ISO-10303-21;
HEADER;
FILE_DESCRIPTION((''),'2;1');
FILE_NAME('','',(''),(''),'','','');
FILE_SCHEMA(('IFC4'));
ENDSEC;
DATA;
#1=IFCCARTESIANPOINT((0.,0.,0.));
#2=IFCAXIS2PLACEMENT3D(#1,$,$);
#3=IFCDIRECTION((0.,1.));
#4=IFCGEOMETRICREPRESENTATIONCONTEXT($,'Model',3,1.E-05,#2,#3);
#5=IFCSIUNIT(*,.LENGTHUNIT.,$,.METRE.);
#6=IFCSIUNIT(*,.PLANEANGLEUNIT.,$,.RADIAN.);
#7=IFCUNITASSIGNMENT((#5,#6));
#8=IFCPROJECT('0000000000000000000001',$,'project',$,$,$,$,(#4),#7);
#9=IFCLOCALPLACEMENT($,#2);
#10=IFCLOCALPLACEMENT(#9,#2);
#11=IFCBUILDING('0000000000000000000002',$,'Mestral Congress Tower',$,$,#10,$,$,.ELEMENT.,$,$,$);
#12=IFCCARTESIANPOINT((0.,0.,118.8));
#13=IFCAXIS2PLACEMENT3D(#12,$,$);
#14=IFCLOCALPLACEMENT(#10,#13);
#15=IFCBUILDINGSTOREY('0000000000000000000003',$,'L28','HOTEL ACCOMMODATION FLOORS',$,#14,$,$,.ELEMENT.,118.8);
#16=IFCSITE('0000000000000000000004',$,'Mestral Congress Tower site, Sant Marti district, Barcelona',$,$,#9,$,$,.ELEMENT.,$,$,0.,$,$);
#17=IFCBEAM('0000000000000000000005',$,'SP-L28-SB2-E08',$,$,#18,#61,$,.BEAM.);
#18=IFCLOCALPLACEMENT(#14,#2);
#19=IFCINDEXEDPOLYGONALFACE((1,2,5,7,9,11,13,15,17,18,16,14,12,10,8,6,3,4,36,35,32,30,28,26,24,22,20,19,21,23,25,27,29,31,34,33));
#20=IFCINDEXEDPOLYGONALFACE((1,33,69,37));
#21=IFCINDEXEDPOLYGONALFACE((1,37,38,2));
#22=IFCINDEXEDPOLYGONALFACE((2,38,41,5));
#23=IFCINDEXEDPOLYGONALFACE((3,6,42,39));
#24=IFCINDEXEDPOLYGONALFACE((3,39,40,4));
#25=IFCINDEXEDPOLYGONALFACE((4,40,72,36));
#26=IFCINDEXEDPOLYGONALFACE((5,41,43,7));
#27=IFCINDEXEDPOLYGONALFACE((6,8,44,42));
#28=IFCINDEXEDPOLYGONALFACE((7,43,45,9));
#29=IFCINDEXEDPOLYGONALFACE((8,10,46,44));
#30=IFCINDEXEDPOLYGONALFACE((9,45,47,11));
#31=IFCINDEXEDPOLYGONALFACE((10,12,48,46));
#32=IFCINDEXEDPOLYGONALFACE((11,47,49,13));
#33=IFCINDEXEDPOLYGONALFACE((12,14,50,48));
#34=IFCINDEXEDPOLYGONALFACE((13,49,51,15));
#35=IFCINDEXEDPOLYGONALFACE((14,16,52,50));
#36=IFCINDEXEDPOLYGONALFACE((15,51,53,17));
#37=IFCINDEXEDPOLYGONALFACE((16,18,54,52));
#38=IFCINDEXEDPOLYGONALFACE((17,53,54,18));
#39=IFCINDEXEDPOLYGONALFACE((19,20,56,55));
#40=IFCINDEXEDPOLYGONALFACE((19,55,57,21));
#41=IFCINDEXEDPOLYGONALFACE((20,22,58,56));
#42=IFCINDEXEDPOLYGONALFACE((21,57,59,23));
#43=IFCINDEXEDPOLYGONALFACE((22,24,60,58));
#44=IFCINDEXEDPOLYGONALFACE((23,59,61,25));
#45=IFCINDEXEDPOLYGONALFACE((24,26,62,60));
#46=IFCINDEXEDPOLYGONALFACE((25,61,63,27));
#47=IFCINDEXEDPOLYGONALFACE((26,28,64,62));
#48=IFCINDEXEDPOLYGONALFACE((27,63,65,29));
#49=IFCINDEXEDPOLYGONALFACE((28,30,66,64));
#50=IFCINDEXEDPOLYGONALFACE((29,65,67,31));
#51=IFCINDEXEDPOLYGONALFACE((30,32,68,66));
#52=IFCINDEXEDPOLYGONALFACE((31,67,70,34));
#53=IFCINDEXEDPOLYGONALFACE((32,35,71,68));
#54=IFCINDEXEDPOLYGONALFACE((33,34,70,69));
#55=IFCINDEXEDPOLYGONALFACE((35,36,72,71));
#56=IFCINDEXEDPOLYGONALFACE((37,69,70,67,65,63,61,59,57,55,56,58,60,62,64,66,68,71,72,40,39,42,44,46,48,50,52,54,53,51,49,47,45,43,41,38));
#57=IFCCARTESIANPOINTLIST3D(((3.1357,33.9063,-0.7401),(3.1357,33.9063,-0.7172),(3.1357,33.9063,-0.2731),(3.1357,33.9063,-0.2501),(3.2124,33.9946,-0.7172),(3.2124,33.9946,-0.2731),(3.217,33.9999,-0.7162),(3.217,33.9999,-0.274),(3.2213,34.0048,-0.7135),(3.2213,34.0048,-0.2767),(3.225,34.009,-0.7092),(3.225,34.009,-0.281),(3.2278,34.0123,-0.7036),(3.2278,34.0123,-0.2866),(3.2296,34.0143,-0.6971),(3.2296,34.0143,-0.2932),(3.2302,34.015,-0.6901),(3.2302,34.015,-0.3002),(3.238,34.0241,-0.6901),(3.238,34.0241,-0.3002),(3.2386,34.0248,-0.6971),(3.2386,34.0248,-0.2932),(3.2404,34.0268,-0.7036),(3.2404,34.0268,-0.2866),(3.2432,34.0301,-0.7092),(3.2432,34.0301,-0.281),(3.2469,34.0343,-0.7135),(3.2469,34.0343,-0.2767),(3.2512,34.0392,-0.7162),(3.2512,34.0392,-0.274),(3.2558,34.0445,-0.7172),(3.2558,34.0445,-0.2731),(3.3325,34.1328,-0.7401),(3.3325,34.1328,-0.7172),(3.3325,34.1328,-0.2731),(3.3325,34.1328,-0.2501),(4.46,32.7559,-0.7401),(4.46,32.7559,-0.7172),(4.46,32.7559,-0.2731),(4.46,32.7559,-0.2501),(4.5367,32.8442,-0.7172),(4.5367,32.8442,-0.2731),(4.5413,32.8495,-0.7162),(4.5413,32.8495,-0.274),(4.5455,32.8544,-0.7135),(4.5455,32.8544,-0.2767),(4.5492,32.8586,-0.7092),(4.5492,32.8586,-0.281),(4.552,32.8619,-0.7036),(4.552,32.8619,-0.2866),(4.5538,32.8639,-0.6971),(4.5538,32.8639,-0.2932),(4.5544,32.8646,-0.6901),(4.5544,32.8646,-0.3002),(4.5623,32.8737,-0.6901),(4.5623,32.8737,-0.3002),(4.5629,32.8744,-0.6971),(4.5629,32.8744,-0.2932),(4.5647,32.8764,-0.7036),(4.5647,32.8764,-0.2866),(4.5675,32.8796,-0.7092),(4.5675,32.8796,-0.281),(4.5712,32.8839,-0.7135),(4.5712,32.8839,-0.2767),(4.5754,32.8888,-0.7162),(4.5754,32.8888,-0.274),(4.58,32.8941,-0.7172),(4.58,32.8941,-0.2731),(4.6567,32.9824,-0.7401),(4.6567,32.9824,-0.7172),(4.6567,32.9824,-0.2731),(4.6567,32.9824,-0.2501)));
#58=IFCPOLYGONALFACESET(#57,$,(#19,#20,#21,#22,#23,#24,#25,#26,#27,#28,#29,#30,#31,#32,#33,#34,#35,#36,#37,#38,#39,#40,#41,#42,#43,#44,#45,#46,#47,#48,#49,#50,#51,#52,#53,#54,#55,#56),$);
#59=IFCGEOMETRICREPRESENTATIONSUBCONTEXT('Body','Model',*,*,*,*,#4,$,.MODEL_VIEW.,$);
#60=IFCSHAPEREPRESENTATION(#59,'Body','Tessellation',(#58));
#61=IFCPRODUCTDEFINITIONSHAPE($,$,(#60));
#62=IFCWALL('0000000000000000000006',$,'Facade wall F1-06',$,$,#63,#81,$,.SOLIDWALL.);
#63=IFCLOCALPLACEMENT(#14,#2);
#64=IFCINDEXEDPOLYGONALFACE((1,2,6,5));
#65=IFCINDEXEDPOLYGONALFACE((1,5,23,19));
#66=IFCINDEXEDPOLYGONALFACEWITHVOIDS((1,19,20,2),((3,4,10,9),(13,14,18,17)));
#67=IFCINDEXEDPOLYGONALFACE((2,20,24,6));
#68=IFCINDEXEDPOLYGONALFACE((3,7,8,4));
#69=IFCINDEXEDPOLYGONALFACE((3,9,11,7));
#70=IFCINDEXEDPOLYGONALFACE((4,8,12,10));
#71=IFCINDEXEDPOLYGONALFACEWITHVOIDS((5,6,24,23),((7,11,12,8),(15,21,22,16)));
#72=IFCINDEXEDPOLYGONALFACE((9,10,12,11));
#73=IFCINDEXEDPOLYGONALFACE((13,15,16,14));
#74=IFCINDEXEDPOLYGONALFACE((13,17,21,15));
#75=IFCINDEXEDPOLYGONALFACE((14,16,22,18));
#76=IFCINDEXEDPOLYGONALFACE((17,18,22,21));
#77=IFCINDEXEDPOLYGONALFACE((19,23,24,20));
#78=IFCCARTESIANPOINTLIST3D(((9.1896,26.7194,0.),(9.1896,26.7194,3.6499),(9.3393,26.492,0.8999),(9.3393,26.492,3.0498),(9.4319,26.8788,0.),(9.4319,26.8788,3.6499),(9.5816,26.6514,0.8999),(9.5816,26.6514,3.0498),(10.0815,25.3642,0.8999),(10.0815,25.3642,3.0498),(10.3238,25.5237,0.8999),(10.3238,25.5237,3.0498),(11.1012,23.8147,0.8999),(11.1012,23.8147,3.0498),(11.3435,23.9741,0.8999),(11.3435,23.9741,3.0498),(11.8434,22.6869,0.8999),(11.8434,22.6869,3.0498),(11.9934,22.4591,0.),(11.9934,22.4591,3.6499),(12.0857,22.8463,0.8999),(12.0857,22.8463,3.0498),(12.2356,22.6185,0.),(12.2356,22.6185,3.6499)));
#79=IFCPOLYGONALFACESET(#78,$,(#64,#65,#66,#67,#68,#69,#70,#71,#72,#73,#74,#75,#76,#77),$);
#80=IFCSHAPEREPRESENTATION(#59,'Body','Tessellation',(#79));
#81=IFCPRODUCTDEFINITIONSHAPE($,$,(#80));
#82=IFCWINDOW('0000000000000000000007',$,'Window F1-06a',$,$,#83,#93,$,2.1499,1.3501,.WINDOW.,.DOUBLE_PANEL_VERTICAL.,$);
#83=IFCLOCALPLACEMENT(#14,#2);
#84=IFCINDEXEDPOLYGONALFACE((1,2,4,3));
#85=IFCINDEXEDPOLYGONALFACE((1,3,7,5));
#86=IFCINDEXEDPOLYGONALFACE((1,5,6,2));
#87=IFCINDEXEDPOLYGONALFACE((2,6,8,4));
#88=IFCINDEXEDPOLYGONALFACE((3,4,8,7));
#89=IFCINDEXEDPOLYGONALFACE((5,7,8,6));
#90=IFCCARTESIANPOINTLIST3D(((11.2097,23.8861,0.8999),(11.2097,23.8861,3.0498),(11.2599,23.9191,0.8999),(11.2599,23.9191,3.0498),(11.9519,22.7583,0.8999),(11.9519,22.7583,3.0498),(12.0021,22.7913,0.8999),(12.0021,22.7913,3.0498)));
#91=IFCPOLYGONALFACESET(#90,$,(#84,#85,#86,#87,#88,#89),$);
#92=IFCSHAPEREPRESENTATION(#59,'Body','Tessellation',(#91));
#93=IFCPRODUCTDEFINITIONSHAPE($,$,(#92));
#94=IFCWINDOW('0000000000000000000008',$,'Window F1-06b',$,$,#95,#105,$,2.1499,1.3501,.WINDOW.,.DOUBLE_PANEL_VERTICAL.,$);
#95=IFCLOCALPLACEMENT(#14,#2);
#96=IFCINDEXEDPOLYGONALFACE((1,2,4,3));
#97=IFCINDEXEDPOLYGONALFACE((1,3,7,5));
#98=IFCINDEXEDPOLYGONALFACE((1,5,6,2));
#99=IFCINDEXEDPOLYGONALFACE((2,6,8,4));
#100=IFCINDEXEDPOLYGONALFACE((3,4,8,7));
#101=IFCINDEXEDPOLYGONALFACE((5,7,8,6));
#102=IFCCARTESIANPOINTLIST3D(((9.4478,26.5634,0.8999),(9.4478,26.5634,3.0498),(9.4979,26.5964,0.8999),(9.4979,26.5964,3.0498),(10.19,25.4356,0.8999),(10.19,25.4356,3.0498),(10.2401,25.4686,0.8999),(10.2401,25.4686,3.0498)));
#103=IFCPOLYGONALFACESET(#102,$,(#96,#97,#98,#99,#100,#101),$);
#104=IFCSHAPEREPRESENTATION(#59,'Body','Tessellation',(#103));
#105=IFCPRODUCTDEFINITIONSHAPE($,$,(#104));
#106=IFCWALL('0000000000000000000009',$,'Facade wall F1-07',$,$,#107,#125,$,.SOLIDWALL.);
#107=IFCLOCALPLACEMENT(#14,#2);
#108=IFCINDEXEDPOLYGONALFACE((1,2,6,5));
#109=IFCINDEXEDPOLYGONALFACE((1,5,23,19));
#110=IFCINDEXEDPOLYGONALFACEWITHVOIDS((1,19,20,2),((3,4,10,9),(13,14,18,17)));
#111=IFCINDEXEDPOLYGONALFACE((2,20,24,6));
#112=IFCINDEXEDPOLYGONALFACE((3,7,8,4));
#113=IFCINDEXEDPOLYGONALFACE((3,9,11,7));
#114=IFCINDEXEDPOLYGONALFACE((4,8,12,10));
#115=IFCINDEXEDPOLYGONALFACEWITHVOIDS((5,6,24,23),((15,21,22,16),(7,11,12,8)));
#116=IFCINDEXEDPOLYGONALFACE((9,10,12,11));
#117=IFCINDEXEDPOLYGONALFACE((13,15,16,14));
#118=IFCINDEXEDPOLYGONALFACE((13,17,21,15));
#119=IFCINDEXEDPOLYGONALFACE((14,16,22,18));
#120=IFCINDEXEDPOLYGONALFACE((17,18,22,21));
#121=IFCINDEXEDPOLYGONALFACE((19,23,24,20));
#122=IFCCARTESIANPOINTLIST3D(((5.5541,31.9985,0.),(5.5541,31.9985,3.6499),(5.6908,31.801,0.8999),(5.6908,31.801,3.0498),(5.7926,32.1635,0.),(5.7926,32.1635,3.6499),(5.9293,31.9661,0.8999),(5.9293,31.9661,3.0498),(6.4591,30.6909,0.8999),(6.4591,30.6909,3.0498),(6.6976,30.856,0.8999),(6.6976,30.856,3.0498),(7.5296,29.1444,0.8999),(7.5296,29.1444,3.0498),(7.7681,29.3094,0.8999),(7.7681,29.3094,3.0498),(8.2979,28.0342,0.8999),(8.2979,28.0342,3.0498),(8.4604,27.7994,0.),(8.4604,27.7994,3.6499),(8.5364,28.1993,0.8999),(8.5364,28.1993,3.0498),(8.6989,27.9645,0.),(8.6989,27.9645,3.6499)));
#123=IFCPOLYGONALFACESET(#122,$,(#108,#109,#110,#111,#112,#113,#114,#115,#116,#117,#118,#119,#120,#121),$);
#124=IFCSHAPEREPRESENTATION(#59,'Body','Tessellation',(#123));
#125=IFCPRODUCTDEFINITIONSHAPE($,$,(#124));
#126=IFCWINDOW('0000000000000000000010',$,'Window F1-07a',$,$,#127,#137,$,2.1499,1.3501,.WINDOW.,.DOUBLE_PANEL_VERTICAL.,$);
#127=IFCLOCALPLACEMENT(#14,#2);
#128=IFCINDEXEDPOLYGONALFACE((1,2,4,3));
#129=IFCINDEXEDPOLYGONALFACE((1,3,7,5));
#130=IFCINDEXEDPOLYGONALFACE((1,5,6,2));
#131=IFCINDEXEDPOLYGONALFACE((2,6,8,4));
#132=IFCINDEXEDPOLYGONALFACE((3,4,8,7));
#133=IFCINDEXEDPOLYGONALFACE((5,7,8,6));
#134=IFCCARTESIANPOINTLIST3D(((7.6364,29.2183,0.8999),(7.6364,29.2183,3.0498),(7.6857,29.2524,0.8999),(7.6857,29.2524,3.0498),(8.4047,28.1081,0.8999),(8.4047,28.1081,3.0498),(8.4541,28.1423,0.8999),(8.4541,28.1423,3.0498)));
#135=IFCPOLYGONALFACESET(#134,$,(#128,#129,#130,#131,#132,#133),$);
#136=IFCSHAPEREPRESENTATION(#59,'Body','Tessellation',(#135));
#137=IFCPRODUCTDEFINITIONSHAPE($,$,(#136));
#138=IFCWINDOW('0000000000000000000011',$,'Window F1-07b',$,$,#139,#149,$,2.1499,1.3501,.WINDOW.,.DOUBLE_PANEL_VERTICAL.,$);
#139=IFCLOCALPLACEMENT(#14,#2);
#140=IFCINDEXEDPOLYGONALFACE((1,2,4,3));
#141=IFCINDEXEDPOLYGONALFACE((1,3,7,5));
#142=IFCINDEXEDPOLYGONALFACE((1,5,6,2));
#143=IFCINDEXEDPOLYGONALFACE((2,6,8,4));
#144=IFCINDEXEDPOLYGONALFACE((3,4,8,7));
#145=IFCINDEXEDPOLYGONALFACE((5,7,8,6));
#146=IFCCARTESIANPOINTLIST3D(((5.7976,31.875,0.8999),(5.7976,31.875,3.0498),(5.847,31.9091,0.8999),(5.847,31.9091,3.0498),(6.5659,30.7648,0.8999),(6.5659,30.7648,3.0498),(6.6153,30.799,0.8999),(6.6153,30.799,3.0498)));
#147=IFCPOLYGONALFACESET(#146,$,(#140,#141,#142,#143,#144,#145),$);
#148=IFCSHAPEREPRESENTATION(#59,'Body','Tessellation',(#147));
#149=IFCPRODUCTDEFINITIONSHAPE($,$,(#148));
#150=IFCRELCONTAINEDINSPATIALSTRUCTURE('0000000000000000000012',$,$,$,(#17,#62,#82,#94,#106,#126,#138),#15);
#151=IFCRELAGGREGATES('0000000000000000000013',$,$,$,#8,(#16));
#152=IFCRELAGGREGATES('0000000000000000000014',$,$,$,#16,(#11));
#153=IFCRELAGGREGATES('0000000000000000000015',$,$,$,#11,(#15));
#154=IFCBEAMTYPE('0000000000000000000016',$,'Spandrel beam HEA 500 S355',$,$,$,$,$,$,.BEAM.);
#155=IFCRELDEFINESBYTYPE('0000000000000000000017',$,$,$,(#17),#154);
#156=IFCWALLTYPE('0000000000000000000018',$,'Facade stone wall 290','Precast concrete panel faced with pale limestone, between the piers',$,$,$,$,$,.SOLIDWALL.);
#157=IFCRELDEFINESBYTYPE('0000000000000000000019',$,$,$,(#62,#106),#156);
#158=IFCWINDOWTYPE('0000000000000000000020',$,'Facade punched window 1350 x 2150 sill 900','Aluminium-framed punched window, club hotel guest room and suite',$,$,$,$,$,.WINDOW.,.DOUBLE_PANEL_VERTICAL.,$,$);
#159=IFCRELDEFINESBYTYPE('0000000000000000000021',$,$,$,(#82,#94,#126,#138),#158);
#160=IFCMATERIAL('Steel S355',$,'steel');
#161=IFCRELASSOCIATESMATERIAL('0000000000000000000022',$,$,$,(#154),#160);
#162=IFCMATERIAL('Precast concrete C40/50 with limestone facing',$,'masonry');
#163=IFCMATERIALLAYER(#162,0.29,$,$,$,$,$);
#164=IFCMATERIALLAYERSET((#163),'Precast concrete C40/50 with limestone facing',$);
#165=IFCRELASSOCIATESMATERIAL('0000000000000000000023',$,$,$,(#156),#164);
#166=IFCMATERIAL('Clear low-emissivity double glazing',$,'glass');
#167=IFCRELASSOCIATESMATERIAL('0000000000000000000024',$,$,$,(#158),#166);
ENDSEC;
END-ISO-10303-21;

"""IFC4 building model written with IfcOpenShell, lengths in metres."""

from ifc_helpers import new_model, si_unit, direction, frame, frame_2d, origin, origin_2d, place, context, subcontext, project, spatial, rectangle, i_section, extrude, material, layer, layer_set, material_profile, profile_set, type_object, element, fill, save


model = new_model("IFC4")

# Units and contexts
model_context = context("Model", 3, precision=1e-05, world=origin(), true_north=direction((0.0, 1.0)))
body_context = subcontext(model_context, "Body", "Model", "MODEL_VIEW")
ifc_project = project(units=[si_unit("LENGTHUNIT", "METRE"), si_unit("PLANEANGLEUNIT", "RADIAN")], contexts=[model_context])

# Site, building, storey
site_placement = place(None, origin())
site = spatial("IfcSite", under=ifc_project, at=site_placement, Name="Mestral Congress Tower site, Sant Marti district, Barcelona", CompositionType="ELEMENT", RefElevation=0.0)
building_placement = place(site_placement, origin())
building = spatial("IfcBuilding", under=site, at=building_placement, Name="Mestral Congress Tower", CompositionType="ELEMENT")
storey_placement = place(building_placement, frame((0.0, 0.0, 118.8)))
storey = spatial("IfcBuildingStorey", under=building, at=storey_placement, Name="L28", Description="HOTEL ACCOMMODATION FLOORS", CompositionType="ELEMENT", Elevation=118.8)

# Beam
ifc_material_1 = material(Name="Steel S355", Category="steel")
ifc_material_profile_1 = material_profile(ifc_material_1, i_section(OverallWidth=0.3, OverallDepth=0.49, WebThickness=0.012, FlangeThickness=0.0229, FilletRadius=0.0271, at=origin_2d()), Name="HEA 500")
ifc_profile_set_1 = profile_set([ifc_material_profile_1], Name="Steel S355")
beam_type_1 = type_object("IfcBeamType", Name="Spandrel beam HEA 500 S355", PredefinedType="BEAM", material=ifc_profile_set_1)
beam_1_placement = place(storey_placement, frame((4.5583, 32.8691, -0.4951), z_axis=(-0.754917, 0.65582, 0.0), x_axis=(-0.65582, -0.754917, 0.0)))
element("IfcBeam", 1, at=beam_1_placement, inside=storey, type_object=beam_type_1, Name="SP-L28-SB2-E08", PredefinedType="BEAM", context=body_context, shape_type="SweptSolid", body=[
    extrude(i_section(OverallWidth=0.3, OverallDepth=0.49, WebThickness=0.012, FlangeThickness=0.0229, FilletRadius=0.0271, at=origin_2d()), origin(), (0.0, 0.0, 1.0), 1.7542),
])

# Walls, openings, windows
ifc_material_2 = material(Name="Precast concrete C40/50 with limestone facing", Category="masonry")
ifc_layer_1 = layer(ifc_material_2, 0.29)
ifc_layer_set_1 = layer_set([ifc_layer_1], Name="Precast concrete C40/50 with limestone facing")
wall_type_1 = type_object("IfcWallType", Name="Facade stone wall 290", Description="Precast concrete panel faced with pale limestone, between the piers", PredefinedType="SOLIDWALL", material=ifc_layer_set_1)
wall_1_placement = place(storey_placement, frame((12.1145, 22.5388, 0.0), z_axis=(0.0, 0.0, 1.0), x_axis=(-0.549741, 0.835335, 0.0)))
wall_1 = element("IfcWall", 2, at=wall_1_placement, inside=storey, type_object=wall_type_1, Name="Facade wall F1-06", PredefinedType="SOLIDWALL", context=body_context, shape_type="SweptSolid", body=[
    extrude(rectangle(XDim=5.1001, YDim=0.29, at=frame_2d((2.55, 0.0))), origin(), (0.0, 0.0, 1.0), 3.6499),
])
opening_1_placement = place(wall_1_placement, frame((0.2727, 0.0, 0.8999)))
opening_1 = element("IfcOpeningElement", 3, at=opening_1_placement, cuts=wall_1, PredefinedType="OPENING", context=body_context, shape_type="SweptSolid", body=[
    extrude(rectangle(XDim=1.3501, YDim=2.1499, at=frame_2d((0.675, 1.075))), frame((0.0, 0.155, 0.0), z_axis=(0.0, -1.0, 0.0), x_axis=(1.0, 0.0, 0.0)), (0.0, 0.0, 1.0), 0.3101),
])
opening_2_placement = place(wall_1_placement, frame((3.4778, 0.0, 0.8999)))
opening_2 = element("IfcOpeningElement", 4, at=opening_2_placement, cuts=wall_1, PredefinedType="OPENING", context=body_context, shape_type="SweptSolid", body=[
    extrude(rectangle(XDim=1.3501, YDim=2.1499, at=frame_2d((0.675, 1.075))), frame((0.0, 0.155, 0.0), z_axis=(0.0, -1.0, 0.0), x_axis=(1.0, 0.0, 0.0)), (0.0, 0.0, 1.0), 0.3101),
])
ifc_material_3 = material(Name="Clear low-emissivity double glazing", Category="glass")
window_type_1 = type_object("IfcWindowType", Name="Facade punched window 1350 x 2150 sill 900", Description="Aluminium-framed punched window, club hotel guest room and suite", PartitioningType="DOUBLE_PANEL_VERTICAL", PredefinedType="WINDOW", material=ifc_material_3)
window_1_placement = place(opening_1_placement, origin())
window_1 = element("IfcWindow", 5, at=window_1_placement, inside=storey, type_object=window_type_1, Name="Window F1-06a", OverallHeight=2.1499, OverallWidth=1.3501, PartitioningType="DOUBLE_PANEL_VERTICAL", PredefinedType="WINDOW", context=body_context, shape_type="SweptSolid", body=[
    extrude(rectangle(XDim=1.3501, YDim=2.1499, at=frame_2d((0.675, 1.075))), frame((0.0, 0.0151, 0.0), z_axis=(0.0, -1.0, 0.0), x_axis=(1.0, 0.0, 0.0)), (0.0, 0.0, 1.0), 0.0601),
])
fill(opening_1, window_1)
window_2_placement = place(opening_2_placement, origin())
window_2 = element("IfcWindow", 6, at=window_2_placement, inside=storey, type_object=window_type_1, Name="Window F1-06b", OverallHeight=2.1499, OverallWidth=1.3501, PartitioningType="DOUBLE_PANEL_VERTICAL", PredefinedType="WINDOW", context=body_context, shape_type="SweptSolid", body=[
    extrude(rectangle(XDim=1.3501, YDim=2.1499, at=frame_2d((0.675, 1.075))), frame((0.0, 0.0151, 0.0), z_axis=(0.0, -1.0, 0.0), x_axis=(1.0, 0.0, 0.0)), (0.0, 0.0, 1.0), 0.0601),
])
fill(opening_2, window_2)
wall_2_placement = place(storey_placement, frame((8.5796, 27.8821, 0.0), z_axis=(0.0, 0.0, 1.0), x_axis=(-0.569113, 0.822259, 0.0)))
wall_2 = element("IfcWall", 7, at=wall_2_placement, inside=storey, type_object=wall_type_1, Name="Facade wall F1-07", PredefinedType="SOLIDWALL", context=body_context, shape_type="SweptSolid", body=[
    extrude(rectangle(XDim=5.1067, YDim=0.29, at=frame_2d((2.5532, 0.0))), origin(), (0.0, 0.0, 1.0), 3.6499),
])
opening_3_placement = place(wall_2_placement, frame((0.2854, 0.0, 0.8999)))
opening_3 = element("IfcOpeningElement", 8, at=opening_3_placement, cuts=wall_2, PredefinedType="OPENING", context=body_context, shape_type="SweptSolid", body=[
    extrude(rectangle(XDim=1.3501, YDim=2.1499, at=frame_2d((0.675, 1.075))), frame((0.0, 0.155, 0.0), z_axis=(0.0, -1.0, 0.0), x_axis=(1.0, 0.0, 0.0)), (0.0, 0.0, 1.0), 0.3101),
])
opening_4_placement = place(wall_2_placement, frame((3.5164, 0.0, 0.8999)))
opening_4 = element("IfcOpeningElement", 9, at=opening_4_placement, cuts=wall_2, PredefinedType="OPENING", context=body_context, shape_type="SweptSolid", body=[
    extrude(rectangle(XDim=1.3501, YDim=2.1499, at=frame_2d((0.675, 1.075))), frame((0.0, 0.155, 0.0), z_axis=(0.0, -1.0, 0.0), x_axis=(1.0, 0.0, 0.0)), (0.0, 0.0, 1.0), 0.3101),
])
window_3_placement = place(opening_3_placement, origin())
window_3 = element("IfcWindow", 10, at=window_3_placement, inside=storey, type_object=window_type_1, Name="Window F1-07a", OverallHeight=2.1499, OverallWidth=1.3501, PartitioningType="DOUBLE_PANEL_VERTICAL", PredefinedType="WINDOW", context=body_context, shape_type="SweptSolid", body=[
    extrude(rectangle(XDim=1.3501, YDim=2.1499, at=frame_2d((0.675, 1.075))), frame((0.0, 0.0151, 0.0), z_axis=(0.0, -1.0, 0.0), x_axis=(1.0, 0.0, 0.0)), (0.0, 0.0, 1.0), 0.0601),
])
fill(opening_3, window_3)
window_4_placement = place(opening_4_placement, origin())
window_4 = element("IfcWindow", 11, at=window_4_placement, inside=storey, type_object=window_type_1, Name="Window F1-07b", OverallHeight=2.1499, OverallWidth=1.3501, PartitioningType="DOUBLE_PANEL_VERTICAL", PredefinedType="WINDOW", context=body_context, shape_type="SweptSolid", body=[
    extrude(rectangle(XDim=1.3501, YDim=2.1499, at=frame_2d((0.675, 1.075))), frame((0.0, 0.0151, 0.0), z_axis=(0.0, -1.0, 0.0), x_axis=(1.0, 0.0, 0.0)), (0.0, 0.0, 1.0), 0.0601),
])
fill(opening_4, window_4)

save(model, "model.ifc")
